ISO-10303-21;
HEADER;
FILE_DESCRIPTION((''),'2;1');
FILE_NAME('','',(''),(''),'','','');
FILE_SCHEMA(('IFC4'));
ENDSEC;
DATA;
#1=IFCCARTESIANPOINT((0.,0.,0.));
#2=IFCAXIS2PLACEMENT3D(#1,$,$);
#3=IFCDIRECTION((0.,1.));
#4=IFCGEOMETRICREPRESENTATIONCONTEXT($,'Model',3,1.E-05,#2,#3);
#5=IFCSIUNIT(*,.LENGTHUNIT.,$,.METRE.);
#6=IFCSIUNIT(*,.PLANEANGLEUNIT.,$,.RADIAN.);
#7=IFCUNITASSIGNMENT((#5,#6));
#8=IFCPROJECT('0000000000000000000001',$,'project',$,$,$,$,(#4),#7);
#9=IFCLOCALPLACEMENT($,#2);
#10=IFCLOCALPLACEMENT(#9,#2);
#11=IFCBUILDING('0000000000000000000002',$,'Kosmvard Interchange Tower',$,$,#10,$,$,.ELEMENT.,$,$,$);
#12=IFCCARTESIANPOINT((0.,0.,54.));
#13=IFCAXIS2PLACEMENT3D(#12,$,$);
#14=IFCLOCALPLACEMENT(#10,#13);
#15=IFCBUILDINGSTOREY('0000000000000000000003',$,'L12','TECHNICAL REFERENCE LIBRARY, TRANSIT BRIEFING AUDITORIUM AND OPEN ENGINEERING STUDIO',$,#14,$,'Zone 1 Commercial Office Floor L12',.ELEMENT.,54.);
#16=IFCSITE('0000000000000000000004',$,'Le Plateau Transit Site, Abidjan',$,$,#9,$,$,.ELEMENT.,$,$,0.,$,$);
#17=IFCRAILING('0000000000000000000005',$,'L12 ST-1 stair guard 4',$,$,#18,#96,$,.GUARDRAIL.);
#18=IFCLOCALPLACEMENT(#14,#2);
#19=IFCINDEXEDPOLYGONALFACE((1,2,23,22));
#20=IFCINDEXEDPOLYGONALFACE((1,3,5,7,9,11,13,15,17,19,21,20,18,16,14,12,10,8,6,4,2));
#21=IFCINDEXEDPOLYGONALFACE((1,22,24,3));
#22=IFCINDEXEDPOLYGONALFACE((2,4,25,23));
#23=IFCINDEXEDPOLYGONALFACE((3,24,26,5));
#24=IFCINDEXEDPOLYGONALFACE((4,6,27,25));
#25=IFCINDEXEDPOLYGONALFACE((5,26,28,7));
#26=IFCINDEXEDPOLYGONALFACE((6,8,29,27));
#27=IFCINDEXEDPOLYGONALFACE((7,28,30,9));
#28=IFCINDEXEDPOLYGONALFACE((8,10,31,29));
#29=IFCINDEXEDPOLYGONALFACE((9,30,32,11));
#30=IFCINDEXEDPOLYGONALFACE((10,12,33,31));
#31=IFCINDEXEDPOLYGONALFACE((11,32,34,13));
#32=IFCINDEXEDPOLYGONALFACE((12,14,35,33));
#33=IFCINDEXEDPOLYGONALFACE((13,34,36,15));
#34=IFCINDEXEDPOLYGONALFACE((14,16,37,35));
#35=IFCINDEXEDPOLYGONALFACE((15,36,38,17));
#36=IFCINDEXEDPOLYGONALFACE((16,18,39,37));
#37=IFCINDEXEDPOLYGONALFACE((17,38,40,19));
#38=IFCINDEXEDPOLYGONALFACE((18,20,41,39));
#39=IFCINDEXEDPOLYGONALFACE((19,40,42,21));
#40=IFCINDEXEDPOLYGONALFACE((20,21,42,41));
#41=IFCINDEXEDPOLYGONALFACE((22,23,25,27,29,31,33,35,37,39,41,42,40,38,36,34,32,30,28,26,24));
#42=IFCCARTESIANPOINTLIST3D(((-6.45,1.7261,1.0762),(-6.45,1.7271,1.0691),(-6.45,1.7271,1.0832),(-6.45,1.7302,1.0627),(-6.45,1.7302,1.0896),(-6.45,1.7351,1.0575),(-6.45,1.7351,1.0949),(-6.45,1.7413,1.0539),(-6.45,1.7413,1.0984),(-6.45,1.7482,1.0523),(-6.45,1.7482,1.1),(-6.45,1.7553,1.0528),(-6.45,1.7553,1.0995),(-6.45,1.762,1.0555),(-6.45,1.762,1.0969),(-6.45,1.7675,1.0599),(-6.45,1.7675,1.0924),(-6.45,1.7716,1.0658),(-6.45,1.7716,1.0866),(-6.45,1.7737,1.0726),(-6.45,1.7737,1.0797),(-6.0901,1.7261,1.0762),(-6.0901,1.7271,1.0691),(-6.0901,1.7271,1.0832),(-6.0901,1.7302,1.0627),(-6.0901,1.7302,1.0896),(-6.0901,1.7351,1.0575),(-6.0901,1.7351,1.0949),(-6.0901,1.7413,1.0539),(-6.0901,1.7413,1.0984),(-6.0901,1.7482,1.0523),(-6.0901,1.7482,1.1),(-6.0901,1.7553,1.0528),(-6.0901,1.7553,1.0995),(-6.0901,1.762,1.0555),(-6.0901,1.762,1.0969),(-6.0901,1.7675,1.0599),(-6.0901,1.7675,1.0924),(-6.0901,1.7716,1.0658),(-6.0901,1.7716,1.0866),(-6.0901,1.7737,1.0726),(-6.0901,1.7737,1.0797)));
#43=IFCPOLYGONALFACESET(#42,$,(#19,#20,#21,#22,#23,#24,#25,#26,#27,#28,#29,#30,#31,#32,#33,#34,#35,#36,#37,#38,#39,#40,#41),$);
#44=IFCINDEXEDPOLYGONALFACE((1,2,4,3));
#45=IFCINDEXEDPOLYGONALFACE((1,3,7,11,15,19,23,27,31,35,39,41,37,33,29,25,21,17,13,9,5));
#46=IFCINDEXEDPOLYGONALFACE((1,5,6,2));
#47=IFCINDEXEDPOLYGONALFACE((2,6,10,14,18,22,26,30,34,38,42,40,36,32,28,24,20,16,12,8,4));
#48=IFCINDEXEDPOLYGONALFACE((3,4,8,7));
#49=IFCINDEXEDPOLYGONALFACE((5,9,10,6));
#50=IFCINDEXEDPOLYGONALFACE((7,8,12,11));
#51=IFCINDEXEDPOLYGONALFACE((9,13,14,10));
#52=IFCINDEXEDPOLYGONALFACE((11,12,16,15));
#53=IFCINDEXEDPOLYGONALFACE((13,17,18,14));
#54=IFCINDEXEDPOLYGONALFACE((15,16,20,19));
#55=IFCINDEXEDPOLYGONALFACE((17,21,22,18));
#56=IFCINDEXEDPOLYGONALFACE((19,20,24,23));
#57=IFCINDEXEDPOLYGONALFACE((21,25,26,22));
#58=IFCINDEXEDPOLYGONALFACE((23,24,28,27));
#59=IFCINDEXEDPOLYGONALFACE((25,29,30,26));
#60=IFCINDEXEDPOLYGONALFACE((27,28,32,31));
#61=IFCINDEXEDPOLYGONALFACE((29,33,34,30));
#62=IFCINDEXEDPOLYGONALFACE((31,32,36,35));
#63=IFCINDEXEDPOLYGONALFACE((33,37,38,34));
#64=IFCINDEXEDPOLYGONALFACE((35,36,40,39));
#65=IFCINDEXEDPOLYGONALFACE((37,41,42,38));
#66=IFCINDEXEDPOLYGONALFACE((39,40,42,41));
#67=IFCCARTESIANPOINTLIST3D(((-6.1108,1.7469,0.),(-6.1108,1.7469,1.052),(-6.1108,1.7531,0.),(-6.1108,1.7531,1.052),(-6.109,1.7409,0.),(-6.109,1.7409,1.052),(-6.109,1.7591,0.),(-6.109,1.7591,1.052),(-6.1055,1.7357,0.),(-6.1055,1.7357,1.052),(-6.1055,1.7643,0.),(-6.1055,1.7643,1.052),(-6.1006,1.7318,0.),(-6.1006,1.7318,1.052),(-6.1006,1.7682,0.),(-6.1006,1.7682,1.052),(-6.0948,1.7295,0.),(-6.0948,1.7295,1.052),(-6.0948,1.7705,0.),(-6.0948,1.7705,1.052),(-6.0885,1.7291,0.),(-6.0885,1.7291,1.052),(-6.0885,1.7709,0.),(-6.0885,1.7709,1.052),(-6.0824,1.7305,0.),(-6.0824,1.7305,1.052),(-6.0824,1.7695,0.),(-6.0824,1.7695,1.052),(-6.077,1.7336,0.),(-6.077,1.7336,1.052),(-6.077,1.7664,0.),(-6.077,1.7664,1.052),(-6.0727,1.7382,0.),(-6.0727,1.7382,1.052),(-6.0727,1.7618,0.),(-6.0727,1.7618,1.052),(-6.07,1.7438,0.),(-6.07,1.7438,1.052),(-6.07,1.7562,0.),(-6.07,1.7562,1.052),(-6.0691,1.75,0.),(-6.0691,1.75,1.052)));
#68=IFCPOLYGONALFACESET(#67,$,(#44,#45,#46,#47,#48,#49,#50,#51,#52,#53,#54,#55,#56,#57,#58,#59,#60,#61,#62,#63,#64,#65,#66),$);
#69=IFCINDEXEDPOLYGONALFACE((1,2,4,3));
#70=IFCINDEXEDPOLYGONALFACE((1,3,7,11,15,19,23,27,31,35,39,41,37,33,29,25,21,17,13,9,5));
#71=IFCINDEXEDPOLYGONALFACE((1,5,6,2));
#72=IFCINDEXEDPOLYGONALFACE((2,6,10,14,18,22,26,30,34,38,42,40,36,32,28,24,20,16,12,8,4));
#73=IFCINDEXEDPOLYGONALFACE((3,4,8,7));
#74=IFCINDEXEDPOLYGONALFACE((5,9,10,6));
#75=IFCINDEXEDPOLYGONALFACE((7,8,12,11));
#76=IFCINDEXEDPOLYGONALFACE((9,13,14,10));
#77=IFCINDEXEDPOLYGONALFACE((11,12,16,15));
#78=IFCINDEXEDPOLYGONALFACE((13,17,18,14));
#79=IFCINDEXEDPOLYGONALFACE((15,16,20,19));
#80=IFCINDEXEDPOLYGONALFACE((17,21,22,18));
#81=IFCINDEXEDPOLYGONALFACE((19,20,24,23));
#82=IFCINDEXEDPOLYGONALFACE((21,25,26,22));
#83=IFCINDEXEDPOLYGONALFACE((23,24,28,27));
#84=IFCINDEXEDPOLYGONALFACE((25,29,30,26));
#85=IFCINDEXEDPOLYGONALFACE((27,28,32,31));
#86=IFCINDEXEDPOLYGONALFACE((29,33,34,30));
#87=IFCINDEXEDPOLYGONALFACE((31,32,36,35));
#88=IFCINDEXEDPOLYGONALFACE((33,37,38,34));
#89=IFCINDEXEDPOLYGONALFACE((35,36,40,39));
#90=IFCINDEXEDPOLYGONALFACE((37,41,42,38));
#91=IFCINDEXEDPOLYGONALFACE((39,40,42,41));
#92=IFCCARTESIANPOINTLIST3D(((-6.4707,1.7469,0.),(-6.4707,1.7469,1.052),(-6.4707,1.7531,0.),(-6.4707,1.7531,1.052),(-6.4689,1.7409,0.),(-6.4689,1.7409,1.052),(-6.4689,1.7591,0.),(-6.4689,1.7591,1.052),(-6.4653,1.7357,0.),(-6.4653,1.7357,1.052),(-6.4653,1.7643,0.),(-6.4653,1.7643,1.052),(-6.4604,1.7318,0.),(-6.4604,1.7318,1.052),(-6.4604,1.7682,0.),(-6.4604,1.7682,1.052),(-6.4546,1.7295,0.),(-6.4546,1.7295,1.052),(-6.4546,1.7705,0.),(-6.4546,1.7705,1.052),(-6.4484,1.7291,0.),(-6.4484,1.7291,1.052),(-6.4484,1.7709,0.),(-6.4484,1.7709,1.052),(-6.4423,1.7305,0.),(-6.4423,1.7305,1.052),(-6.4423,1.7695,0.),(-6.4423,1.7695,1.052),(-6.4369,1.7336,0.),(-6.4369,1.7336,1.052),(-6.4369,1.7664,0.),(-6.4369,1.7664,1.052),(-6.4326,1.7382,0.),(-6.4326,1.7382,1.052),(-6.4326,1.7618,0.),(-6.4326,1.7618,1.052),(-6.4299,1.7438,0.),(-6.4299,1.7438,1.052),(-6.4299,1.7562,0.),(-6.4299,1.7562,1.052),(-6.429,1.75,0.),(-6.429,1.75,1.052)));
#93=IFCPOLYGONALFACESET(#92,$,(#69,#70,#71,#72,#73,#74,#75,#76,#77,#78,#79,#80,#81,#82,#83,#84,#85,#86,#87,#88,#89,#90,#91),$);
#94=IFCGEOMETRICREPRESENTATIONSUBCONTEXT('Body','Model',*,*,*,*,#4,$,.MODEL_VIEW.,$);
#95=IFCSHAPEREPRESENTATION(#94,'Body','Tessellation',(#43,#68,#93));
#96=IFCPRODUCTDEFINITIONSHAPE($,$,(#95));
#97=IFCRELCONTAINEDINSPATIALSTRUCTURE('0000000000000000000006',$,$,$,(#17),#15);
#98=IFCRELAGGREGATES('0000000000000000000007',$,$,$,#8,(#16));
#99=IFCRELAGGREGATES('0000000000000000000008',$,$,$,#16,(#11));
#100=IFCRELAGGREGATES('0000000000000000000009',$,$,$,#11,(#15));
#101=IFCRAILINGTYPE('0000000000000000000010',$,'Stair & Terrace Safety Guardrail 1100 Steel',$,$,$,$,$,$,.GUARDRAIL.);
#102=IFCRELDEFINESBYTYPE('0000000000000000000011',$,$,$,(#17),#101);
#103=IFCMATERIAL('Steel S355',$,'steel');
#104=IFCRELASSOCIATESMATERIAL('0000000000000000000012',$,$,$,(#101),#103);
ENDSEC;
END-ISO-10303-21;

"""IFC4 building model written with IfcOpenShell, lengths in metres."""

from ifc_helpers import new_model, si_unit, direction, frame, origin, origin_2d, place, context, subcontext, project, spatial, circle, extrude, source, transform, mapped, material, type_object, element, save


model = new_model("IFC4")

# Units and contexts
model_context = context("Model", 3, precision=1e-05, world=origin(), true_north=direction((0.0, 1.0)))
body_context = subcontext(model_context, "Body", "Model", "MODEL_VIEW")
ifc_project = project(units=[si_unit("LENGTHUNIT", "METRE"), si_unit("PLANEANGLEUNIT", "RADIAN")], contexts=[model_context])

# Site, building, storey
site_placement = place(None, origin())
site = spatial("IfcSite", under=ifc_project, at=site_placement, Name="Le Plateau Transit Site, Abidjan", CompositionType="ELEMENT", RefElevation=0.0)
building_placement = place(site_placement, origin())
building = spatial("IfcBuilding", under=site, at=building_placement, Name="Kosmvard Interchange Tower", CompositionType="ELEMENT")
storey_placement = place(building_placement, frame((0.0, 0.0, 54.0)))
storey = spatial("IfcBuildingStorey", under=building, at=storey_placement, Name="L12", Description="TECHNICAL REFERENCE LIBRARY, TRANSIT BRIEFING AUDITORIUM AND OPEN ENGINEERING STUDIO", LongName="Zone 1 Commercial Office Floor L12", CompositionType="ELEMENT", Elevation=54.0)

# Shared definitions
ifc_material_1 = material(Name="Steel S355", Category="steel")

# Railing
railing_type_1 = type_object("IfcRailingType", Name="Stair & Terrace Safety Guardrail 1100 Steel", PredefinedType="GUARDRAIL", material=ifc_material_1)
shared_shape_1 = source(origin(), body_context, "Body", "SweptSolid", [
    extrude(circle(Radius=0.0239, at=origin_2d()), frame((0.0, 0.0, 1.0762), z_axis=(-1.0, 0.0, 0.0), x_axis=(0.0, -1.0, 0.0)), (0.0, 0.0, 1.0), 0.3599),
    extrude(circle(Radius=0.021, at=origin_2d()), origin(), (0.0, 0.0, 1.0), 1.052),
    extrude(circle(Radius=0.021, at=origin_2d()), frame((-0.3599, 0.0, 0.0)), (0.0, 0.0, 1.0), 1.052),
])
for number, where, name in (
    (1, (-6.0901, 1.75, 0.0), "L12 ST-1 stair guard 4"),
):
    element("IfcRailing", number, at=place(storey_placement, frame(where)), inside=storey, type_object=railing_type_1, Name=name, PredefinedType="GUARDRAIL", context=body_context, shape_type="MappedRepresentation", body=[
        mapped(shared_shape_1, transform((0.0, 0.0, 0.0), scale=1.0)),
    ])

save(model, "model.ifc")
